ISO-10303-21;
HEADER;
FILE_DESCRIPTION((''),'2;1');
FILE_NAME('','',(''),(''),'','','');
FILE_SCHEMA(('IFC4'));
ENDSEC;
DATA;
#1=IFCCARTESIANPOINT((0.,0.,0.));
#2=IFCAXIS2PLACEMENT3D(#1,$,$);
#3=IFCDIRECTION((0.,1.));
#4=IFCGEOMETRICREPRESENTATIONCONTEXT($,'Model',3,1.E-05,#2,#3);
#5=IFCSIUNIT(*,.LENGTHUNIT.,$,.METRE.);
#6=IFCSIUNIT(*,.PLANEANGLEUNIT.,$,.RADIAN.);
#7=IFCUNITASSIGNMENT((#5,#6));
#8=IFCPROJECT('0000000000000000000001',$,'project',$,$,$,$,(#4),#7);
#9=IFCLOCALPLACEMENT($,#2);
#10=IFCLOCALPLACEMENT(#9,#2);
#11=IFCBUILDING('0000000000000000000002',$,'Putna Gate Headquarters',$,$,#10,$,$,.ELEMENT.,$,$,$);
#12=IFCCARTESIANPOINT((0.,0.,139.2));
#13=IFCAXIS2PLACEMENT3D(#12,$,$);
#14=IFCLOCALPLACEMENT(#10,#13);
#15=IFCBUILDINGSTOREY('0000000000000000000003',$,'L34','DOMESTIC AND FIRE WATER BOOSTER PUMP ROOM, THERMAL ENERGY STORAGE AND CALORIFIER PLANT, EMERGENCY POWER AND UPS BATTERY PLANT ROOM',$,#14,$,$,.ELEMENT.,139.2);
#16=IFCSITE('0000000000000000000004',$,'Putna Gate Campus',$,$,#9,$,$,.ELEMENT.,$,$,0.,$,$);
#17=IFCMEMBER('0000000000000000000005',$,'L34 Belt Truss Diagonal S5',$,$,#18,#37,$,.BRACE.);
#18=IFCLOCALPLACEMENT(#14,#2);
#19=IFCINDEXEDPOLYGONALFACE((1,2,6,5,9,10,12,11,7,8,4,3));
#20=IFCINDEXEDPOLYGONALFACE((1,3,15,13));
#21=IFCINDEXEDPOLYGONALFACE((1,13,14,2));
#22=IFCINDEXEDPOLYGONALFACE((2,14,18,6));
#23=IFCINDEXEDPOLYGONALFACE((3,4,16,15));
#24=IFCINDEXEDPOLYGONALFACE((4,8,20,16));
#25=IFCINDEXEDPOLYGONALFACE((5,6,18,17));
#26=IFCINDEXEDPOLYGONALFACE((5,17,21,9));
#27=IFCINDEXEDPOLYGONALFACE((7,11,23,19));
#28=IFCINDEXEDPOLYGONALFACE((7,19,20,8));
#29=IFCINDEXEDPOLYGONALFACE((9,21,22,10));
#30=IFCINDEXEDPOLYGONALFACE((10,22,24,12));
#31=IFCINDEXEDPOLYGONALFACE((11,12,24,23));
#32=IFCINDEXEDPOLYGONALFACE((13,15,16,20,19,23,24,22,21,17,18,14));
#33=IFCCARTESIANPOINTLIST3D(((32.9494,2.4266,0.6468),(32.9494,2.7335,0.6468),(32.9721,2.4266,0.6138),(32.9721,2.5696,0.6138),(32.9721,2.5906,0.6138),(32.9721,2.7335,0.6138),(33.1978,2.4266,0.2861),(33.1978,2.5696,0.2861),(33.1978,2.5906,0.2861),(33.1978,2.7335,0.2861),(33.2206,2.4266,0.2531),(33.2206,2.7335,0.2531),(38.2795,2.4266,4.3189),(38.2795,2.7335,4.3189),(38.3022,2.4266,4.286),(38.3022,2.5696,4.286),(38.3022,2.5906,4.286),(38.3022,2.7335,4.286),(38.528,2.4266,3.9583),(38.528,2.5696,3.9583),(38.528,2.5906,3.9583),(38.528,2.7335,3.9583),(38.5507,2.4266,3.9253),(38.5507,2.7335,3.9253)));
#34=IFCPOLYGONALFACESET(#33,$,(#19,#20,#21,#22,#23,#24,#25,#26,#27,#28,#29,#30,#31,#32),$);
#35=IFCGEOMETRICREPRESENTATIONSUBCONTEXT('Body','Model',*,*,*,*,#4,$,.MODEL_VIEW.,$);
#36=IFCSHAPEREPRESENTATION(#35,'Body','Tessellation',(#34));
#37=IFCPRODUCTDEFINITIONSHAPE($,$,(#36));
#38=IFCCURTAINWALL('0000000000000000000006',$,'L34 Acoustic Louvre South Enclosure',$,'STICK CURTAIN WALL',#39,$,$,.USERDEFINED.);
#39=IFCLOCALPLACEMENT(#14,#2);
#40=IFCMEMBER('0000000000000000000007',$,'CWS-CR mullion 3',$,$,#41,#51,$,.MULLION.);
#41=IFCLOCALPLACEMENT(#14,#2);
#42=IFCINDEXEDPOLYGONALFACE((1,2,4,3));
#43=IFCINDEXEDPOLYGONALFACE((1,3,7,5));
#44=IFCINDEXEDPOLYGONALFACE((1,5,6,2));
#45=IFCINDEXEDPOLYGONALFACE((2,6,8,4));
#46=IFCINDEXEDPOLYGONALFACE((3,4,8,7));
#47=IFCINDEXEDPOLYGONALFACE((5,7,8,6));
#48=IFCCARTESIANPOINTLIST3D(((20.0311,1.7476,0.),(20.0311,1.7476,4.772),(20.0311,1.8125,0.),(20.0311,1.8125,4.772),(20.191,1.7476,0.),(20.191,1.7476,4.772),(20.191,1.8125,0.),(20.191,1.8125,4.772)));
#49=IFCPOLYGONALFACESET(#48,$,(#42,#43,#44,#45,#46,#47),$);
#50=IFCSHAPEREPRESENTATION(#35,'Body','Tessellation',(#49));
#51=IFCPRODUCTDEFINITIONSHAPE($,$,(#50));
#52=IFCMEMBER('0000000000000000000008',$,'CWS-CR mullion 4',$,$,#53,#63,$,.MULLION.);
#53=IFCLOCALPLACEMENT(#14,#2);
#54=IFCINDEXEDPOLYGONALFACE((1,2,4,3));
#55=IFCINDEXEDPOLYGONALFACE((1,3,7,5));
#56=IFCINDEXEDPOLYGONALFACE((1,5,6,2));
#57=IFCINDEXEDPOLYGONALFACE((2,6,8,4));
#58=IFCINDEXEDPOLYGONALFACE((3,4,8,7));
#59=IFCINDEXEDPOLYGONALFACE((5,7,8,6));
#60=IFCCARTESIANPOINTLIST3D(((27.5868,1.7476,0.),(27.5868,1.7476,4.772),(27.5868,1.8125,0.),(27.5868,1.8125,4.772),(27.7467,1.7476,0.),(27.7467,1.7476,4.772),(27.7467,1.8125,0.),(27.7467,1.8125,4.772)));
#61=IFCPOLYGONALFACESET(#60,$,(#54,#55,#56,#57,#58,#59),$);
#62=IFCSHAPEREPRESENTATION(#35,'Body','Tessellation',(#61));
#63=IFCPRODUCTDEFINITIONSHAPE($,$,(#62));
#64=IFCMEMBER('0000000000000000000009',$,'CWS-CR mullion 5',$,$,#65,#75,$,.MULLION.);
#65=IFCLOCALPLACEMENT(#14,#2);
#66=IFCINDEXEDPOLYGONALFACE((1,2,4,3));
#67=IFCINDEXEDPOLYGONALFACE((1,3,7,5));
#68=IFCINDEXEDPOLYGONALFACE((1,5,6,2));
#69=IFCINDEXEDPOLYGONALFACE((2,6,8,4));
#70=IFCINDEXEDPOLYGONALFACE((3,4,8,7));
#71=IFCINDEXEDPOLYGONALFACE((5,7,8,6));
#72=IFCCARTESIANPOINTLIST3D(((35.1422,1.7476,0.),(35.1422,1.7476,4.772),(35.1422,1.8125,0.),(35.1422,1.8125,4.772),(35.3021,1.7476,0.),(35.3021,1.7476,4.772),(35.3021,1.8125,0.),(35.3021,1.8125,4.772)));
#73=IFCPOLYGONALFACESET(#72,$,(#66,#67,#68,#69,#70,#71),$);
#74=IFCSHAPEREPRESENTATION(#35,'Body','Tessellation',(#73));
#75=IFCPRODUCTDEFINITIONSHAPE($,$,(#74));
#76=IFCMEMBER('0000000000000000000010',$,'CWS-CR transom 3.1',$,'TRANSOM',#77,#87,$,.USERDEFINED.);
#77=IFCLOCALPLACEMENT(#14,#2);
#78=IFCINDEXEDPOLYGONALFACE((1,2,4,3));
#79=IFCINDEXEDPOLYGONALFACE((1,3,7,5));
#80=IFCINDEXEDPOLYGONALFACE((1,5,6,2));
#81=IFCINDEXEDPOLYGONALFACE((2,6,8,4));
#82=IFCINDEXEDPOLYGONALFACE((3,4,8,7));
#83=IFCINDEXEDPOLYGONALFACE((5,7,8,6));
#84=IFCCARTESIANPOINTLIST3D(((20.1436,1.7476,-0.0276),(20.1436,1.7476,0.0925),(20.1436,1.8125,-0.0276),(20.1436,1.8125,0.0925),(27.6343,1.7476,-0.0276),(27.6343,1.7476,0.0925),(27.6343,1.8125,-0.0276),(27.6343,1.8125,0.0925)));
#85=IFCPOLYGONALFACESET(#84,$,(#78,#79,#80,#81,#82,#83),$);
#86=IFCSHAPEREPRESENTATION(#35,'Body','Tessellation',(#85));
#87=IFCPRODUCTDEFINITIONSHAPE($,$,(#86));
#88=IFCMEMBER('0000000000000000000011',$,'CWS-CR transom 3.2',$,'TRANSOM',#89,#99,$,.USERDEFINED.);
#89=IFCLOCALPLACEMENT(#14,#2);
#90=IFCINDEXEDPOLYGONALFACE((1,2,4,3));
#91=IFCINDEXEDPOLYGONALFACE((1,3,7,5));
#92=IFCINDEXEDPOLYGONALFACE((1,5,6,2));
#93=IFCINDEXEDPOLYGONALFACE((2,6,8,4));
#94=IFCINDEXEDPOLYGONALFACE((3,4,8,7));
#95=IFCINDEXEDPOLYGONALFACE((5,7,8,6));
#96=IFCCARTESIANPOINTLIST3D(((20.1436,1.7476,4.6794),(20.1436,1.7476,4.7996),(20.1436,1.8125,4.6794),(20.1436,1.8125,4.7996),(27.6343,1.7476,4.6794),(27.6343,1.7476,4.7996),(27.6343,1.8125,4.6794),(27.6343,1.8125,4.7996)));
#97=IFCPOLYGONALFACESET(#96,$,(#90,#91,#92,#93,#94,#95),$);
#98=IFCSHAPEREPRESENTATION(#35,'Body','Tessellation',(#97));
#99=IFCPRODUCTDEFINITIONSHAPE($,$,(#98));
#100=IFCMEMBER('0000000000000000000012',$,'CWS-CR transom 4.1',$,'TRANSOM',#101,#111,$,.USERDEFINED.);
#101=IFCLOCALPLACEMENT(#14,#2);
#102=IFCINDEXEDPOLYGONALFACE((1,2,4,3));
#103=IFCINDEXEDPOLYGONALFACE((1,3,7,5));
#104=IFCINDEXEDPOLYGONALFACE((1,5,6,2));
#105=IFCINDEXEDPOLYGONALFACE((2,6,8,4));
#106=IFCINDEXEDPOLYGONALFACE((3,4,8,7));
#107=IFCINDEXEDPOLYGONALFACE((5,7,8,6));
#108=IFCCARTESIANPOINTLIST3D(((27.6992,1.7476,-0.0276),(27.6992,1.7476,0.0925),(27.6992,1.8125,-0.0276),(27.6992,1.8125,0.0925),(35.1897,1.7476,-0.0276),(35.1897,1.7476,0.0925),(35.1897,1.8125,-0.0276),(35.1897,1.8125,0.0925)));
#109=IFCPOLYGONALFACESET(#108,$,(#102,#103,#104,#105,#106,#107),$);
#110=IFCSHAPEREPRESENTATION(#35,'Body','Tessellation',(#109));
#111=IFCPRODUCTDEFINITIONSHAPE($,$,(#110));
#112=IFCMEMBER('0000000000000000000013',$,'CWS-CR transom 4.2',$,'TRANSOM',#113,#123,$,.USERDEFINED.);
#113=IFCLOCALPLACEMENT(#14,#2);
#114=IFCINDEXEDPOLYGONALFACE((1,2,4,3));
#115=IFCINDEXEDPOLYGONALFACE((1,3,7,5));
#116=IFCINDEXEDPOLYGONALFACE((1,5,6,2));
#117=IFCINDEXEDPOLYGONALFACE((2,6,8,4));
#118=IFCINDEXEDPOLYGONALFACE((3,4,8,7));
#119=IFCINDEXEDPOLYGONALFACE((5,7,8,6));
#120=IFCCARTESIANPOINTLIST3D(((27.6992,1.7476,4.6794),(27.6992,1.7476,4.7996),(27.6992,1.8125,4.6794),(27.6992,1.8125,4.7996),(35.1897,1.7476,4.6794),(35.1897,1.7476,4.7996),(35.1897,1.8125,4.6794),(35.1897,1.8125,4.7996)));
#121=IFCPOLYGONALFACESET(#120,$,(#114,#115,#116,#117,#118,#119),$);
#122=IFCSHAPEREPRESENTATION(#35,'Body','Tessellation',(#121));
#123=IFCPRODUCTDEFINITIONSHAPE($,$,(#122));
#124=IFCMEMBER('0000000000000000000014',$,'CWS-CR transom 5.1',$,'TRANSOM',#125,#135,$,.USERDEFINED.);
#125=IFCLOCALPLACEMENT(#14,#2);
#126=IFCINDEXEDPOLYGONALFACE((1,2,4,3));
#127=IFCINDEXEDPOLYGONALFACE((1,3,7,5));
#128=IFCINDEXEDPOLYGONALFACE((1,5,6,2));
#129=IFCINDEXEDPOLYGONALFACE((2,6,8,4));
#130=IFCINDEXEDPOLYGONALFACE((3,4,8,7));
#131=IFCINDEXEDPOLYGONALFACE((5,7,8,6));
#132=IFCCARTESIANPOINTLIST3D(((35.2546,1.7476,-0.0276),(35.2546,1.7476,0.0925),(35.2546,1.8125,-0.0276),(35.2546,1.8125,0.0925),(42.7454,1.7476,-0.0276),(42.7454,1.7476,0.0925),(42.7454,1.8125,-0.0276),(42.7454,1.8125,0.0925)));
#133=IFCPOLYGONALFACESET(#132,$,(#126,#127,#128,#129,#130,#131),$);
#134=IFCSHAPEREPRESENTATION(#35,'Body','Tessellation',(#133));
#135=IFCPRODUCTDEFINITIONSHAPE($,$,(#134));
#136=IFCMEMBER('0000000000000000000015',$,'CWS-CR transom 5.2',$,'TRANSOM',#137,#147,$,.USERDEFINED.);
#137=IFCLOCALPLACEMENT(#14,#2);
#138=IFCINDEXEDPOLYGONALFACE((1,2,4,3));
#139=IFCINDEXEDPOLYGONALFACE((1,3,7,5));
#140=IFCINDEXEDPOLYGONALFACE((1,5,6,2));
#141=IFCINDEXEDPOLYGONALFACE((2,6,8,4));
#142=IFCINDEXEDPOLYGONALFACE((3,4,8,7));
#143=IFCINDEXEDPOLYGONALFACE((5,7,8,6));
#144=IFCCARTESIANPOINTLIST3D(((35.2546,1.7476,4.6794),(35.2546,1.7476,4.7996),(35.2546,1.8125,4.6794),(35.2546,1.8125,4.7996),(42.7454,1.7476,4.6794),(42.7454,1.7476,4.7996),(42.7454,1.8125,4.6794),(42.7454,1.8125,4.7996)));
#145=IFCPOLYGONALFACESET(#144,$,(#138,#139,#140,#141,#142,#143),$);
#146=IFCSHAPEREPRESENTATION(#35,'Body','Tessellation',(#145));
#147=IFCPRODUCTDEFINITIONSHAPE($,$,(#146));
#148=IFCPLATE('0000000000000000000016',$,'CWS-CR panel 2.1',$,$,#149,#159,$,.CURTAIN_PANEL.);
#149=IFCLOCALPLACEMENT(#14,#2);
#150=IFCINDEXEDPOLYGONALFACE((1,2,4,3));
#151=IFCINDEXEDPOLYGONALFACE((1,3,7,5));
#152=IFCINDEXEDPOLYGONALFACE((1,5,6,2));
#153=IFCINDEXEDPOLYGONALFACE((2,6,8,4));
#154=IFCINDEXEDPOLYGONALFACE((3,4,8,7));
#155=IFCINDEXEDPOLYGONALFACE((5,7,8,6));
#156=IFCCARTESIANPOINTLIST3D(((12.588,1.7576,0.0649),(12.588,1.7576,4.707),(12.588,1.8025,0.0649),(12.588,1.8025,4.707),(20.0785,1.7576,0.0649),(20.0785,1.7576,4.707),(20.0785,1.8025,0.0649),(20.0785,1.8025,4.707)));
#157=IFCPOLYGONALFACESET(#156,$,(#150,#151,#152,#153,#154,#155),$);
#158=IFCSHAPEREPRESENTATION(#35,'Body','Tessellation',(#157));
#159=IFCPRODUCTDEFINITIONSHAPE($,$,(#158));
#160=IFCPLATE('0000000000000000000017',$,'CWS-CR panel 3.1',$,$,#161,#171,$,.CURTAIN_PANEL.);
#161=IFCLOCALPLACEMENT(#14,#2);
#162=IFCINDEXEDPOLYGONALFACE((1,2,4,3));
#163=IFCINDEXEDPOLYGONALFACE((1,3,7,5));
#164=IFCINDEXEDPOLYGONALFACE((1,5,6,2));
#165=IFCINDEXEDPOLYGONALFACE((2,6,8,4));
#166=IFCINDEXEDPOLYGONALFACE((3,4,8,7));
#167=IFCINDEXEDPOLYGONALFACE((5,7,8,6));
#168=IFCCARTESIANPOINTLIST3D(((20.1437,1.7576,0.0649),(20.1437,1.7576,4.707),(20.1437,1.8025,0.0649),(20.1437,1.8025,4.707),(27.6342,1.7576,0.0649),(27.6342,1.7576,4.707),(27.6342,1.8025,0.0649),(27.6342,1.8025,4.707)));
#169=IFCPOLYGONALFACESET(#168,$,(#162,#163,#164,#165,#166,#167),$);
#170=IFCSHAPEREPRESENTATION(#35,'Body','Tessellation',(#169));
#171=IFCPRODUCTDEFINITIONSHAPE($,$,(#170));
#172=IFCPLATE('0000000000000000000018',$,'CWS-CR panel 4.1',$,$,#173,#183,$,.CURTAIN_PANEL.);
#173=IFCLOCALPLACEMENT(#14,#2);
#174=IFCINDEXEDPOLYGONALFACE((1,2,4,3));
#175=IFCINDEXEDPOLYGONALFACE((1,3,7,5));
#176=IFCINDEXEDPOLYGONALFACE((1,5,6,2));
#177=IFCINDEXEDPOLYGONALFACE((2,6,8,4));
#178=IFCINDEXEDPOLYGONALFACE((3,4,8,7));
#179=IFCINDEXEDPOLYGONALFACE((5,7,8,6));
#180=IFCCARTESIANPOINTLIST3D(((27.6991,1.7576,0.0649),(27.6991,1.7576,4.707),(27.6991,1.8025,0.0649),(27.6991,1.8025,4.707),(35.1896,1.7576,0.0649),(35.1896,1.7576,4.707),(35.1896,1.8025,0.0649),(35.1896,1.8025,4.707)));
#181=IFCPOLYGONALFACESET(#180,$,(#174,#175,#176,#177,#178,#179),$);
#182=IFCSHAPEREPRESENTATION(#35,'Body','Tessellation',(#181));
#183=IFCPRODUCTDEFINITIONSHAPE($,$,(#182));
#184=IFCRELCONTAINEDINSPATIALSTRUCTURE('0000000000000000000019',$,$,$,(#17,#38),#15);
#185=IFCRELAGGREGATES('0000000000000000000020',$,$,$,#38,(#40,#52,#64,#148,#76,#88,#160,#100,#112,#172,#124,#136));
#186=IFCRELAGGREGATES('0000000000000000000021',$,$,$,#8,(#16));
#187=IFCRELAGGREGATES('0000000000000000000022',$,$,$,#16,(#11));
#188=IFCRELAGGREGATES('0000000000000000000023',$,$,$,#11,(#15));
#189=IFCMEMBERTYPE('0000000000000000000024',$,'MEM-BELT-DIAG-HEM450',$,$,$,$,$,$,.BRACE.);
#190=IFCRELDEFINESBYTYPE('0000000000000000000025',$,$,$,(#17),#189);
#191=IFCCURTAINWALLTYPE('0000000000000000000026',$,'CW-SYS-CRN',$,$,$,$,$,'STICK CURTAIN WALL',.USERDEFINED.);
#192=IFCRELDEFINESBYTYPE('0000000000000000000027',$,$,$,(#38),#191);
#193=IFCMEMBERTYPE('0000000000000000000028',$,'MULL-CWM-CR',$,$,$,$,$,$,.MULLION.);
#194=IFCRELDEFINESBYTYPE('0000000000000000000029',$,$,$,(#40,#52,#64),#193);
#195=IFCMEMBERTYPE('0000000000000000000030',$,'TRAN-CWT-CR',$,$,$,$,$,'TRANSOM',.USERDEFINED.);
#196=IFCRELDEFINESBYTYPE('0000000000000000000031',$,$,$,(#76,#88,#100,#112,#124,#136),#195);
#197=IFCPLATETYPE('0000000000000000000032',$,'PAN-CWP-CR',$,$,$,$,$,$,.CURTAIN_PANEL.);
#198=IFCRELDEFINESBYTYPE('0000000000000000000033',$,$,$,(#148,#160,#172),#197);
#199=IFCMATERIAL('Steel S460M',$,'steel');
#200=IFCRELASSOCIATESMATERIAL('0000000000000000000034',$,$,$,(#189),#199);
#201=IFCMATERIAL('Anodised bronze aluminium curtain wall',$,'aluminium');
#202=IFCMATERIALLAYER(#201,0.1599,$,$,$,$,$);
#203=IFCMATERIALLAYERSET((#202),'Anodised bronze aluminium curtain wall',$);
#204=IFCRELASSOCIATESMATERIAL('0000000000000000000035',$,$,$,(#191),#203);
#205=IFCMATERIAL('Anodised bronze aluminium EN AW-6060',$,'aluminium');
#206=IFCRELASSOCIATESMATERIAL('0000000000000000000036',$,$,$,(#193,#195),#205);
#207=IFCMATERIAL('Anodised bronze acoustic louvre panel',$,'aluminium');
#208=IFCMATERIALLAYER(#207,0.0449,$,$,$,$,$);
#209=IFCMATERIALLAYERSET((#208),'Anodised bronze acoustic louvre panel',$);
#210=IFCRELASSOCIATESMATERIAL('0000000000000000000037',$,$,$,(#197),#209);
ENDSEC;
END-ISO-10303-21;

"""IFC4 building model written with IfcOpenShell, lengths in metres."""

from ifc_helpers import new_model, si_unit, direction, frame, origin, origin_2d, place, context, subcontext, project, spatial, rectangle, i_section, extrude, material, layer, layer_set, material_profile, profile_set, type_object, element, aggregate, save


model = new_model("IFC4")

# Units and contexts
model_context = context("Model", 3, precision=1e-05, world=origin(), true_north=direction((0.0, 1.0)))
body_context = subcontext(model_context, "Body", "Model", "MODEL_VIEW")
ifc_project = project(units=[si_unit("LENGTHUNIT", "METRE"), si_unit("PLANEANGLEUNIT", "RADIAN")], contexts=[model_context])

# Site, building, storey
site_placement = place(None, origin())
site = spatial("IfcSite", under=ifc_project, at=site_placement, Name="Putna Gate Campus", CompositionType="ELEMENT", RefElevation=0.0)
building_placement = place(site_placement, origin())
building = spatial("IfcBuilding", under=site, at=building_placement, Name="Putna Gate Headquarters", CompositionType="ELEMENT")
storey_placement = place(building_placement, frame((0.0, 0.0, 139.2)))
storey = spatial("IfcBuildingStorey", under=building, at=storey_placement, Name="L34", Description="DOMESTIC AND FIRE WATER BOOSTER PUMP ROOM, THERMAL ENERGY STORAGE AND CALORIFIER PLANT, EMERGENCY POWER AND UPS BATTERY PLANT ROOM", CompositionType="ELEMENT", Elevation=139.2)

# Member
ifc_material_1 = material(Name="Steel S460M", Category="steel")
ifc_material_profile_1 = material_profile(ifc_material_1, i_section(OverallWidth=0.3069, OverallDepth=0.478, WebThickness=0.021, FlangeThickness=0.04, at=origin_2d()), Name="Steel S460M")
ifc_profile_set_1 = profile_set([ifc_material_profile_1], Name="Steel S460M")
member_type_1 = type_object("IfcMemberType", Name="MEM-BELT-DIAG-HEM450", PredefinedType="BRACE", material=ifc_profile_set_1)
for number, where, z_axis, x_axis, name in (
    (1, (33.085, 2.5801, 0.45), (0.823487, 0.0, 0.567335), (0.0, 1.0, 0.0), "L34 Belt Truss Diagonal S5"),
):
    element("IfcMember", number, at=place(storey_placement, frame(where, z_axis=z_axis, x_axis=x_axis)), inside=storey, type_object=member_type_1, Name=name, PredefinedType="BRACE", context=body_context, shape_type="SweptSolid", body=[
        extrude(i_section(OverallWidth=0.3069, OverallDepth=0.478, WebThickness=0.021, FlangeThickness=0.04, at=origin_2d()), origin(), (0.0, 0.0, 1.0), 6.4727),
    ])

# Curtain wall, members, plates
ifc_material_2 = material(Name="Anodised bronze aluminium curtain wall", Category="aluminium")
ifc_layer_1 = layer(ifc_material_2, 0.1599)
ifc_layer_set_1 = layer_set([ifc_layer_1], Name="Anodised bronze aluminium curtain wall")
curtain_wall_type = type_object("IfcCurtainWallType", Name="CW-SYS-CRN", ElementType="STICK CURTAIN WALL", PredefinedType="USERDEFINED", material=ifc_layer_set_1)
curtain_wall_placement = place(storey_placement, origin())
curtain_wall = element("IfcCurtainWall", 2, at=curtain_wall_placement, inside=storey, type_object=curtain_wall_type, Name="L34 Acoustic Louvre South Enclosure", ObjectType="STICK CURTAIN WALL", PredefinedType="USERDEFINED")
ifc_material_3 = material(Name="Anodised bronze aluminium EN AW-6060", Category="aluminium")
ifc_material_profile_2 = material_profile(ifc_material_3, rectangle(XDim=0.0649, YDim=0.1599, at=origin_2d()), Name="Anodised bronze aluminium EN AW-6060")
ifc_profile_set_2 = profile_set([ifc_material_profile_2], Name="Anodised bronze aluminium EN AW-6060")
member_type_2 = type_object("IfcMemberType", Name="MULL-CWM-CR", PredefinedType="MULLION", material=ifc_profile_set_2)
member_1_placement = place(storey_placement, frame((20.1111, 1.78, 0.0), z_axis=(0.0, 0.0, 1.0), x_axis=(0.0, 1.0, 0.0)))
member_1 = element("IfcMember", 3, at=member_1_placement, type_object=member_type_2, Name="CWS-CR mullion 3", PredefinedType="MULLION", context=body_context, shape_type="SweptSolid", body=[
    extrude(rectangle(XDim=0.0649, YDim=0.1599, at=origin_2d()), origin(), (0.0, 0.0, 1.0), 4.772),
])
member_2_placement = place(storey_placement, frame((27.6667, 1.78, 0.0), z_axis=(0.0, 0.0, 1.0), x_axis=(0.0, 1.0, 0.0)))
member_2 = element("IfcMember", 4, at=member_2_placement, type_object=member_type_2, Name="CWS-CR mullion 4", PredefinedType="MULLION", context=body_context, shape_type="SweptSolid", body=[
    extrude(rectangle(XDim=0.0649, YDim=0.1599, at=origin_2d()), origin(), (0.0, 0.0, 1.0), 4.772),
])
member_3_placement = place(storey_placement, frame((35.2222, 1.78, 0.0), z_axis=(0.0, 0.0, 1.0), x_axis=(0.0, 1.0, 0.0)))
member_3 = element("IfcMember", 5, at=member_3_placement, type_object=member_type_2, Name="CWS-CR mullion 5", PredefinedType="MULLION", context=body_context, shape_type="SweptSolid", body=[
    extrude(rectangle(XDim=0.0649, YDim=0.1599, at=origin_2d()), origin(), (0.0, 0.0, 1.0), 4.772),
])
ifc_material_profile_3 = material_profile(ifc_material_3, rectangle(XDim=0.0649, YDim=0.1201, at=origin_2d()), Name="Anodised bronze aluminium EN AW-6060")
ifc_profile_set_3 = profile_set([ifc_material_profile_3], Name="Anodised bronze aluminium EN AW-6060")
member_type_3 = type_object("IfcMemberType", Name="TRAN-CWT-CR", ElementType="TRANSOM", PredefinedType="USERDEFINED", material=ifc_profile_set_3)
member_4_placement = place(storey_placement, frame((20.1436, 1.78, 0.0325), z_axis=(1.0, 0.0, 0.0), x_axis=(0.0, 1.0, 0.0)))
member_4 = element("IfcMember", 6, at=member_4_placement, type_object=member_type_3, Name="CWS-CR transom 3.1", ObjectType="TRANSOM", PredefinedType="USERDEFINED", context=body_context, shape_type="SweptSolid", body=[
    extrude(rectangle(XDim=0.0649, YDim=0.1201, at=origin_2d()), origin(), (0.0, 0.0, 1.0), 7.4907),
])
member_5_placement = place(storey_placement, frame((20.1436, 1.78, 4.7395), z_axis=(1.0, 0.0, 0.0), x_axis=(0.0, 1.0, 0.0)))
member_5 = element("IfcMember", 7, at=member_5_placement, type_object=member_type_3, Name="CWS-CR transom 3.2", ObjectType="TRANSOM", PredefinedType="USERDEFINED", context=body_context, shape_type="SweptSolid", body=[
    extrude(rectangle(XDim=0.0649, YDim=0.1201, at=origin_2d()), origin(), (0.0, 0.0, 1.0), 7.4907),
])
member_6_placement = place(storey_placement, frame((27.6992, 1.78, 0.0325), z_axis=(1.0, 0.0, 0.0), x_axis=(0.0, 1.0, 0.0)))
member_6 = element("IfcMember", 8, at=member_6_placement, type_object=member_type_3, Name="CWS-CR transom 4.1", ObjectType="TRANSOM", PredefinedType="USERDEFINED", context=body_context, shape_type="SweptSolid", body=[
    extrude(rectangle(XDim=0.0649, YDim=0.1201, at=origin_2d()), origin(), (0.0, 0.0, 1.0), 7.4905),
])
member_7_placement = place(storey_placement, frame((27.6992, 1.78, 4.7395), z_axis=(1.0, 0.0, 0.0), x_axis=(0.0, 1.0, 0.0)))
member_7 = element("IfcMember", 9, at=member_7_placement, type_object=member_type_3, Name="CWS-CR transom 4.2", ObjectType="TRANSOM", PredefinedType="USERDEFINED", context=body_context, shape_type="SweptSolid", body=[
    extrude(rectangle(XDim=0.0649, YDim=0.1201, at=origin_2d()), origin(), (0.0, 0.0, 1.0), 7.4905),
])
member_8_placement = place(storey_placement, frame((35.2546, 1.78, 0.0325), z_axis=(1.0, 0.0, 0.0), x_axis=(0.0, 1.0, 0.0)))
member_8 = element("IfcMember", 10, at=member_8_placement, type_object=member_type_3, Name="CWS-CR transom 5.1", ObjectType="TRANSOM", PredefinedType="USERDEFINED", context=body_context, shape_type="SweptSolid", body=[
    extrude(rectangle(XDim=0.0649, YDim=0.1201, at=origin_2d()), origin(), (0.0, 0.0, 1.0), 7.4907),
])
member_9_placement = place(storey_placement, frame((35.2546, 1.78, 4.7395), z_axis=(1.0, 0.0, 0.0), x_axis=(0.0, 1.0, 0.0)))
member_9 = element("IfcMember", 11, at=member_9_placement, type_object=member_type_3, Name="CWS-CR transom 5.2", ObjectType="TRANSOM", PredefinedType="USERDEFINED", context=body_context, shape_type="SweptSolid", body=[
    extrude(rectangle(XDim=0.0649, YDim=0.1201, at=origin_2d()), origin(), (0.0, 0.0, 1.0), 7.4907),
])
ifc_material_4 = material(Name="Anodised bronze acoustic louvre panel", Category="aluminium")
ifc_layer_2 = layer(ifc_material_4, 0.0449)
ifc_layer_set_2 = layer_set([ifc_layer_2], Name="Anodised bronze acoustic louvre panel")
plate_type_1 = type_object("IfcPlateType", Name="PAN-CWP-CR", PredefinedType="CURTAIN_PANEL", material=ifc_layer_set_2)
plate_1_placement = place(storey_placement, frame((16.3333, 1.78, 0.0649), z_axis=(0.0, 0.0, 1.0), x_axis=(1.0, 0.0, 0.0)))
plate_1 = element("IfcPlate", 12, at=plate_1_placement, type_object=plate_type_1, Name="CWS-CR panel 2.1", PredefinedType="CURTAIN_PANEL", context=body_context, shape_type="SweptSolid", body=[
    extrude(rectangle(XDim=7.4905, YDim=0.0449, at=origin_2d()), origin(), (0.0, 0.0, 1.0), 4.6421),
])
plate_2_placement = place(storey_placement, frame((23.8889, 1.78, 0.0649), z_axis=(0.0, 0.0, 1.0), x_axis=(1.0, 0.0, 0.0)))
plate_2 = element("IfcPlate", 13, at=plate_2_placement, type_object=plate_type_1, Name="CWS-CR panel 3.1", PredefinedType="CURTAIN_PANEL", context=body_context, shape_type="SweptSolid", body=[
    extrude(rectangle(XDim=7.4905, YDim=0.0449, at=origin_2d()), origin(), (0.0, 0.0, 1.0), 4.6421),
])
plate_3_placement = place(storey_placement, frame((31.4443, 1.78, 0.0649), z_axis=(0.0, 0.0, 1.0), x_axis=(1.0, 0.0, 0.0)))
plate_3 = element("IfcPlate", 14, at=plate_3_placement, type_object=plate_type_1, Name="CWS-CR panel 4.1", PredefinedType="CURTAIN_PANEL", context=body_context, shape_type="SweptSolid", body=[
    extrude(rectangle(XDim=7.4905, YDim=0.0449, at=origin_2d()), origin(), (0.0, 0.0, 1.0), 4.6421),
])
aggregate(curtain_wall, [member_1, member_2, member_3, plate_1, member_4, member_5, plate_2, member_6, member_7, plate_3, member_8, member_9])

save(model, "model.ifc")
